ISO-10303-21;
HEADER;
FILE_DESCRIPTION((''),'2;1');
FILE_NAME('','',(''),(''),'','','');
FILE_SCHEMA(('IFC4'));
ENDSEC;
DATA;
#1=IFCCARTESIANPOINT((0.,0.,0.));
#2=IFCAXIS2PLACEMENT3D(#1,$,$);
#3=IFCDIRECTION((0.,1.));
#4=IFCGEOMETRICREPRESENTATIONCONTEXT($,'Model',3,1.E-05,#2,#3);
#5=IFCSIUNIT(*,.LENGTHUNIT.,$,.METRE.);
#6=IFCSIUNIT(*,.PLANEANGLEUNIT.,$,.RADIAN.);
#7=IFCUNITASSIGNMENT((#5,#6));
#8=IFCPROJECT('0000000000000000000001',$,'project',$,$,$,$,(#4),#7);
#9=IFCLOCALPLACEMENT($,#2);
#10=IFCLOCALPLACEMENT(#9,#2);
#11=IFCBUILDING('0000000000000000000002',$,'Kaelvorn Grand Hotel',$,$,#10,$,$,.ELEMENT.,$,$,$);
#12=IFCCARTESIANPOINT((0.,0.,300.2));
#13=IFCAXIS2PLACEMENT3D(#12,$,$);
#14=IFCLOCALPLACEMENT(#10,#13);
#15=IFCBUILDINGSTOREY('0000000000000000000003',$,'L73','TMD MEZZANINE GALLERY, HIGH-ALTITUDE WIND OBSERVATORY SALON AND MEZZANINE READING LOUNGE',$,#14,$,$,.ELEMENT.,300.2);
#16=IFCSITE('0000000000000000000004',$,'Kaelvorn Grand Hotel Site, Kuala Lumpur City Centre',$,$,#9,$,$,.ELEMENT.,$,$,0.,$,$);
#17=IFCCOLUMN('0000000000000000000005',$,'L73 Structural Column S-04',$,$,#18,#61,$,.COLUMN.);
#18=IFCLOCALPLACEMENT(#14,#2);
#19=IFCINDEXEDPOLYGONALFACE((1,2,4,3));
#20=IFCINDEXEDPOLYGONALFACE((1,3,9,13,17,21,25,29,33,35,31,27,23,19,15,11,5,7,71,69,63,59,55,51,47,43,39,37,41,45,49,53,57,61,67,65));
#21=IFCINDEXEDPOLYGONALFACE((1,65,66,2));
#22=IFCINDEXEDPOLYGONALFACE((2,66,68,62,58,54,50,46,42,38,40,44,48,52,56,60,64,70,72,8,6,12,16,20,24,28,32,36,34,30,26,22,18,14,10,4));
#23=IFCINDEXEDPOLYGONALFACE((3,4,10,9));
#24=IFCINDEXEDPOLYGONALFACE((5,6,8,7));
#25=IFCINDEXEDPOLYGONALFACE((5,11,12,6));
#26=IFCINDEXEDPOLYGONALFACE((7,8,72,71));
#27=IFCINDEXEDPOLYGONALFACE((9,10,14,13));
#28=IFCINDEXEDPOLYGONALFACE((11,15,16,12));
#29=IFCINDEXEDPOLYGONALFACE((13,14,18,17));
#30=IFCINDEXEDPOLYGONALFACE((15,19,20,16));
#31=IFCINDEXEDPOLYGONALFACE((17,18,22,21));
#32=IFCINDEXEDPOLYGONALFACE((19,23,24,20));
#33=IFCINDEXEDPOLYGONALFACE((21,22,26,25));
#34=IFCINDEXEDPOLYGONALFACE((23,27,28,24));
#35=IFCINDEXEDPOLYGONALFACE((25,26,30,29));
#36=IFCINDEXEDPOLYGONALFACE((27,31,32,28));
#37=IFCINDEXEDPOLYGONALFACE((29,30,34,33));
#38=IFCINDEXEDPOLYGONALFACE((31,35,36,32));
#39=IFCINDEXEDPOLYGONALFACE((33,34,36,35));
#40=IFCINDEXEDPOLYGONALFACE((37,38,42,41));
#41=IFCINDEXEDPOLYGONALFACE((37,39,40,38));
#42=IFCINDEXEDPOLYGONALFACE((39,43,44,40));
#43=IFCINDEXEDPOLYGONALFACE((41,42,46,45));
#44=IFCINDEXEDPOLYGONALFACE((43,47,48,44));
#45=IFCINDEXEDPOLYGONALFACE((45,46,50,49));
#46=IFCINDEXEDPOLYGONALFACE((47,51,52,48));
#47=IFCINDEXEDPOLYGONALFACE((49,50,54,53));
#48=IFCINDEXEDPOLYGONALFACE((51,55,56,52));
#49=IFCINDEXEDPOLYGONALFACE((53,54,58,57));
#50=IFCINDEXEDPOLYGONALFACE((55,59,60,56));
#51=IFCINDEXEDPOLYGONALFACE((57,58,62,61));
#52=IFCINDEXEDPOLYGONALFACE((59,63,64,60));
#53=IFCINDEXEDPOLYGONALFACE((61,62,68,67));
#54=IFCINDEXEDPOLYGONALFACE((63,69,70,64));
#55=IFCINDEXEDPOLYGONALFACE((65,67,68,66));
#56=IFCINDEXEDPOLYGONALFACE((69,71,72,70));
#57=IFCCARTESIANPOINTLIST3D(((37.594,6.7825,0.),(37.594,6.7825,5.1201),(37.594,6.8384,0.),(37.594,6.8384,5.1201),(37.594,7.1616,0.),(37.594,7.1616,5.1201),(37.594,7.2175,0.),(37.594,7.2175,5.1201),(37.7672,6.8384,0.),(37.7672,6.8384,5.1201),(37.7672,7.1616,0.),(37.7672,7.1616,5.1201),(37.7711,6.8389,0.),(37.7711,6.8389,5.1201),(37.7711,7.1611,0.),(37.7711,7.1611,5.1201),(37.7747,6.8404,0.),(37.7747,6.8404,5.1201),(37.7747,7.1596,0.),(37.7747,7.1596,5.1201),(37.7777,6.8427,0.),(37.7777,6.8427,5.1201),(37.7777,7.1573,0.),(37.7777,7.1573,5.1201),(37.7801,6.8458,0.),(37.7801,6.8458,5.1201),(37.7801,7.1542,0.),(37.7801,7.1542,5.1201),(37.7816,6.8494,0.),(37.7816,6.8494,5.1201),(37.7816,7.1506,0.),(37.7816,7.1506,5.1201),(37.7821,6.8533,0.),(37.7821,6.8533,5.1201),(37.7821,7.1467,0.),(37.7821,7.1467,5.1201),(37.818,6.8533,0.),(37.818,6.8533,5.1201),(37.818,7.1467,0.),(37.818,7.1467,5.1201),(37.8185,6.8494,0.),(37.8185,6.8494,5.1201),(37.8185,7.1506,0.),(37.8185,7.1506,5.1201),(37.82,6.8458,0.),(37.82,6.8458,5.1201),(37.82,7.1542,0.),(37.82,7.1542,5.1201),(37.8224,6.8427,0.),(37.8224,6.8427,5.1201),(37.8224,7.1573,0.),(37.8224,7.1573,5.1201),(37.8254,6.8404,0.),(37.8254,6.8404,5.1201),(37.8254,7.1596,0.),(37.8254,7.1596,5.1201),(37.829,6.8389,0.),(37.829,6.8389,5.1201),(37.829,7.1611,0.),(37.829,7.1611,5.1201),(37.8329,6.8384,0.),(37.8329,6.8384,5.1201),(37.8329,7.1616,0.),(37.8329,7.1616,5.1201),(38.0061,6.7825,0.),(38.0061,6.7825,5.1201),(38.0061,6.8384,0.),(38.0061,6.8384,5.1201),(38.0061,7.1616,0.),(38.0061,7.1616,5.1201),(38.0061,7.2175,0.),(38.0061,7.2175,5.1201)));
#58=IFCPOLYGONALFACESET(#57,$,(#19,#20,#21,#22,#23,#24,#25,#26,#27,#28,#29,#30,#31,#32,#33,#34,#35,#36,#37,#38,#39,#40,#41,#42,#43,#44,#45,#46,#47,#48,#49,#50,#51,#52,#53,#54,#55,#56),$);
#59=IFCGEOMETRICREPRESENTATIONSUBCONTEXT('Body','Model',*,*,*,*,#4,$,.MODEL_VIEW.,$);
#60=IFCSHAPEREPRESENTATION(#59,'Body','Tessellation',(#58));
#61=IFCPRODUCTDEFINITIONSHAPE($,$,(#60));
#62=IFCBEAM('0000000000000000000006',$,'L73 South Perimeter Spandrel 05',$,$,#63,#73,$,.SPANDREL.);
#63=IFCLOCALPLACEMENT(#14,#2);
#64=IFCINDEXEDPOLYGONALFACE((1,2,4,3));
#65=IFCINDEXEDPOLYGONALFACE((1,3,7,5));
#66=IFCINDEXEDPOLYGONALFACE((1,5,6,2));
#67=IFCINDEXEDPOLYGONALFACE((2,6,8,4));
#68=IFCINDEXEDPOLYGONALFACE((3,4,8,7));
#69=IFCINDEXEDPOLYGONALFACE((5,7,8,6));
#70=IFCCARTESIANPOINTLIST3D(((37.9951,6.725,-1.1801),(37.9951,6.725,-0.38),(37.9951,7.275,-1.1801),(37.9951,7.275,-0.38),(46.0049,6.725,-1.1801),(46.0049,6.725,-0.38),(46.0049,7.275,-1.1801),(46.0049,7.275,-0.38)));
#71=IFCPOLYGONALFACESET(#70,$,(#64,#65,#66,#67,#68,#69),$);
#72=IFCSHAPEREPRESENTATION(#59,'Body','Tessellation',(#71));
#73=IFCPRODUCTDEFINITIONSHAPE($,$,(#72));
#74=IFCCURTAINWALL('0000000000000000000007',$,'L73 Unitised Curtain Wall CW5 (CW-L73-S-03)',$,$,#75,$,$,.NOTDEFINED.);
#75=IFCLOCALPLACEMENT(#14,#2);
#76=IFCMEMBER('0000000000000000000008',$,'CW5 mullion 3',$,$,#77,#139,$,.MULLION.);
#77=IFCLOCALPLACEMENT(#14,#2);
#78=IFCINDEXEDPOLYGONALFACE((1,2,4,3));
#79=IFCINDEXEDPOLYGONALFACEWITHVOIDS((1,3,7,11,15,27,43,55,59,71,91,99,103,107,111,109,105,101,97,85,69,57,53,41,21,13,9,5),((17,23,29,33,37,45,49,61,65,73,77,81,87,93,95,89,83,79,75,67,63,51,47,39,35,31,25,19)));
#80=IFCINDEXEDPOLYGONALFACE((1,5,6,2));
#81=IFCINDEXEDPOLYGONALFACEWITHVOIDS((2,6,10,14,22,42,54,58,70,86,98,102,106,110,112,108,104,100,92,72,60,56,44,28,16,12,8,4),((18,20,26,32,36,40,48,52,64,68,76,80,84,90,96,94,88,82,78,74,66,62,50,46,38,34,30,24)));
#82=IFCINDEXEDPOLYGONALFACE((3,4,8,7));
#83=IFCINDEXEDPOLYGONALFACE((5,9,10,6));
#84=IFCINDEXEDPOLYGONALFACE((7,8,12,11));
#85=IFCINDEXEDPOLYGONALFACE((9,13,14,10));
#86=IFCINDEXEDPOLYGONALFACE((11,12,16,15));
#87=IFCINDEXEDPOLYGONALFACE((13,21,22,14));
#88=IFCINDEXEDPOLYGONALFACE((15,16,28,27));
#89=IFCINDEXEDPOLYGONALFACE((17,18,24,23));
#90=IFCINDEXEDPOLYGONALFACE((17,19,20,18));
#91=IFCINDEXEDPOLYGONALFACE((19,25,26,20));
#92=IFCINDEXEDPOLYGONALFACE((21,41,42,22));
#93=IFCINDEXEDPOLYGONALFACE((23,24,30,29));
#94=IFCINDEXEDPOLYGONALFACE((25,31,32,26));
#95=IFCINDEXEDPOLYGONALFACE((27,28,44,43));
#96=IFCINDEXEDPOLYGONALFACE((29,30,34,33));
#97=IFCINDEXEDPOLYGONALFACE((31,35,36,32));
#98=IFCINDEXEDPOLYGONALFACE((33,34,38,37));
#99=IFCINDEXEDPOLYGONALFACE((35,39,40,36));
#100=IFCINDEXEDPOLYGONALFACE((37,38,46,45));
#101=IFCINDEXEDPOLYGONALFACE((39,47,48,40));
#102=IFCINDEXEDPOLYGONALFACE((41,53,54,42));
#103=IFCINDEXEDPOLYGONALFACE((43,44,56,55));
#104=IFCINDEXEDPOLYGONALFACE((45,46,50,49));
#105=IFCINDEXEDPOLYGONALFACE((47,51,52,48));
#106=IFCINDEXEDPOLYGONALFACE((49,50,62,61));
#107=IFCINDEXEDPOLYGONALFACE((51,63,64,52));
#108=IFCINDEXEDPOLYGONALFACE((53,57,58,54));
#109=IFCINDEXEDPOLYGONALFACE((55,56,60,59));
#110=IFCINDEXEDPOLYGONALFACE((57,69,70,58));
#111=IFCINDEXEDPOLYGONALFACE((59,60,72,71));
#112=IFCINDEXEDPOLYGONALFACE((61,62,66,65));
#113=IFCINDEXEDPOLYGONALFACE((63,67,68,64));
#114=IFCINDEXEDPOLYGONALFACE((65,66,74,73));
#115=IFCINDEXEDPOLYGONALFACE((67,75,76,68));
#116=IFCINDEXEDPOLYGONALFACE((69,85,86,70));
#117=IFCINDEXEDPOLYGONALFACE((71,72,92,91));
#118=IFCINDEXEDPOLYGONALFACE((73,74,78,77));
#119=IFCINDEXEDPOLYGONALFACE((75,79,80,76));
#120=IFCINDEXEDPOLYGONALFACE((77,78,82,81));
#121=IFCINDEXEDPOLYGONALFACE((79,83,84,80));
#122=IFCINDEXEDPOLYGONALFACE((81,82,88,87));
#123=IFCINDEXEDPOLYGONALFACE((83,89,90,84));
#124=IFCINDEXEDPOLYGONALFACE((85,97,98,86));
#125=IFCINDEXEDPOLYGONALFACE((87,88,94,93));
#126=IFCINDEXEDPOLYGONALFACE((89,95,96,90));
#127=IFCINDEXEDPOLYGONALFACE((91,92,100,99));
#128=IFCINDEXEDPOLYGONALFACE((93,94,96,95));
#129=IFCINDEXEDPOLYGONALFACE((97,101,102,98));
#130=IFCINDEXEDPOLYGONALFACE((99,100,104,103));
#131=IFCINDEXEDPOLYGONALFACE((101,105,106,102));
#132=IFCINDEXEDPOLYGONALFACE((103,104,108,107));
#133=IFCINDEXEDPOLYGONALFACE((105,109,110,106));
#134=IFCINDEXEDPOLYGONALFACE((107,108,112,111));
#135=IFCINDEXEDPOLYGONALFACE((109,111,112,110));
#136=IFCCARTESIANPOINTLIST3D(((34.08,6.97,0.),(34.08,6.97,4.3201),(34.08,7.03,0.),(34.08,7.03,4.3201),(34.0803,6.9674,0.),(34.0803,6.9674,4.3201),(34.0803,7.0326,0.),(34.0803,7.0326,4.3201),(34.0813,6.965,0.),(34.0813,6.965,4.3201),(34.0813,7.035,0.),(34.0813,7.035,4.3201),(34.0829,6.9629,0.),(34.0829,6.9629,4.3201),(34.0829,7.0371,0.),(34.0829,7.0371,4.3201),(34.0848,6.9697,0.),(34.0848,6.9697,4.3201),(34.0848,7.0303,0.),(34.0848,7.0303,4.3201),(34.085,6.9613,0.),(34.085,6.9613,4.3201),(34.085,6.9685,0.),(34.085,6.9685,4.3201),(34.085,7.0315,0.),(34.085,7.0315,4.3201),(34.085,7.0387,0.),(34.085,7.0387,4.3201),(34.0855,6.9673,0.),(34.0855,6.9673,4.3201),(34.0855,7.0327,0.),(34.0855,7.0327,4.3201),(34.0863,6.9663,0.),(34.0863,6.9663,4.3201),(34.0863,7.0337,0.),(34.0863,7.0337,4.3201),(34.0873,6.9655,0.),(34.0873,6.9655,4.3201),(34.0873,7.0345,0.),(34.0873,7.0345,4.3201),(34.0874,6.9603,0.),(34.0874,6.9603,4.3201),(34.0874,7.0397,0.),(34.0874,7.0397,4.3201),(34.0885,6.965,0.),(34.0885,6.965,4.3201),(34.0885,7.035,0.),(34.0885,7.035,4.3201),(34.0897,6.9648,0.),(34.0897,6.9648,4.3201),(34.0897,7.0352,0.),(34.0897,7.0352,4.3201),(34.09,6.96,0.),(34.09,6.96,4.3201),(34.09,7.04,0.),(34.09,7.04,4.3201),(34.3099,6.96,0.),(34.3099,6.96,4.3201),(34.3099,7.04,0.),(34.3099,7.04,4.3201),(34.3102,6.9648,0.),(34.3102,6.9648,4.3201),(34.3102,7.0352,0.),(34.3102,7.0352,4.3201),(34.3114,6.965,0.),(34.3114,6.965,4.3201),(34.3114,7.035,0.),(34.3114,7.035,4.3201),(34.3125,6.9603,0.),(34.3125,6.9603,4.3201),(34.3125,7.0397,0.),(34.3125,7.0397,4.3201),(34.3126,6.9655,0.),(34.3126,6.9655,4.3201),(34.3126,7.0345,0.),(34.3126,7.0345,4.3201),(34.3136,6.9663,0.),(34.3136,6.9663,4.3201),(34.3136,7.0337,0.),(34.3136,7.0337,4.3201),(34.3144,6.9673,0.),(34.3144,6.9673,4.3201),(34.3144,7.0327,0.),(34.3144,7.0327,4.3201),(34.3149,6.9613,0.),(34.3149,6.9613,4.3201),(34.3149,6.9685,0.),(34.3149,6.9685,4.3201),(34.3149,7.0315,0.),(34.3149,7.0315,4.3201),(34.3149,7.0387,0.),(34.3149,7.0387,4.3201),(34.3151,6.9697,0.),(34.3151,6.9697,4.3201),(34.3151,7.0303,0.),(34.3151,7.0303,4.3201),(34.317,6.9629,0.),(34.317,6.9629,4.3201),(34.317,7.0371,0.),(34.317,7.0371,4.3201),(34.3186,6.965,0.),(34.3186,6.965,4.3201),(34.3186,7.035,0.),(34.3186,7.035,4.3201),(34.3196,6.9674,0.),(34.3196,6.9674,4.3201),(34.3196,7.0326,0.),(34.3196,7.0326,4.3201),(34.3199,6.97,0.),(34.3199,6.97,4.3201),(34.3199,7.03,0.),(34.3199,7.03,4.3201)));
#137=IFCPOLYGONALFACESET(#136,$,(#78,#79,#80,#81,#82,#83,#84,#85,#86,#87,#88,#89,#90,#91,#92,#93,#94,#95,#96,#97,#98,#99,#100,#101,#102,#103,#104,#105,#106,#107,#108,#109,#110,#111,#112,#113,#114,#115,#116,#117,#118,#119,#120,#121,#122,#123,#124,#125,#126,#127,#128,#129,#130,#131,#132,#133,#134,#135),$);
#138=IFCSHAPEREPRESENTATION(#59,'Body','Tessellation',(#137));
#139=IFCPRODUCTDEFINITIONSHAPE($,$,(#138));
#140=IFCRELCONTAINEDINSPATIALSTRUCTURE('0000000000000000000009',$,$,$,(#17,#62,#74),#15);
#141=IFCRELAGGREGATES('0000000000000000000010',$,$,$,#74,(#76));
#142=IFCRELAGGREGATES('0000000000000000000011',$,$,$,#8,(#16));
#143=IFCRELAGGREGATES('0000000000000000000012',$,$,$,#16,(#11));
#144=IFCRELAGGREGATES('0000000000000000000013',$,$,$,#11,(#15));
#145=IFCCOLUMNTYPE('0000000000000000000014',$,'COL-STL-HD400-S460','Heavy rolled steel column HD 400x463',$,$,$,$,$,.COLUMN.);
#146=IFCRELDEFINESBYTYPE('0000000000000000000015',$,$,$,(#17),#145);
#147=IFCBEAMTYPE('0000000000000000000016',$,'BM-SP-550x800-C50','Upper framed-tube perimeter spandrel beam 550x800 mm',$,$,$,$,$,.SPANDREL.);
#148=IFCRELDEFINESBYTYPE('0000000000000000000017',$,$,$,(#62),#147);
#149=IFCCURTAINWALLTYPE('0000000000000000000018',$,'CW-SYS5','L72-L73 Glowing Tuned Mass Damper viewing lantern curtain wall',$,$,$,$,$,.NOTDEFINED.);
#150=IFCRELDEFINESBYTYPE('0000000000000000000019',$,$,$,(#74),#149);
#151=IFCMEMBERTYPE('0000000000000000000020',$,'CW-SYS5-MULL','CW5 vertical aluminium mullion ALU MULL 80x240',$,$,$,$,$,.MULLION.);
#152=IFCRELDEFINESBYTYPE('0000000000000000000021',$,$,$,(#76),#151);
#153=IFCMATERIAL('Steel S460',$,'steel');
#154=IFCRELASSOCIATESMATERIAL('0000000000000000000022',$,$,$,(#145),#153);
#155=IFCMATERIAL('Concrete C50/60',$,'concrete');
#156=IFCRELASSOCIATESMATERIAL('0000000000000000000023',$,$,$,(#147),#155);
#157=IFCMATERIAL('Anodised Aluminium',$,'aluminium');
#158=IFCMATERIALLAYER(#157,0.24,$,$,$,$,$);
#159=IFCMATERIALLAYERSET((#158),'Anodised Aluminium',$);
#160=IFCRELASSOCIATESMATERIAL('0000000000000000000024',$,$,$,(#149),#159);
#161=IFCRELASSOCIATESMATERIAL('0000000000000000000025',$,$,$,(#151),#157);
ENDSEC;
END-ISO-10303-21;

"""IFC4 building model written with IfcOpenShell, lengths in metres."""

from ifc_helpers import new_model, si_unit, direction, frame, origin, origin_2d, place, context, subcontext, project, spatial, rectangle, hollow_rectangle, i_section, extrude, material, layer, layer_set, material_profile, profile_set, type_object, element, aggregate, save


model = new_model("IFC4")

# Units and contexts
model_context = context("Model", 3, precision=1e-05, world=origin(), true_north=direction((0.0, 1.0)))
body_context = subcontext(model_context, "Body", "Model", "MODEL_VIEW")
ifc_project = project(units=[si_unit("LENGTHUNIT", "METRE"), si_unit("PLANEANGLEUNIT", "RADIAN")], contexts=[model_context])

# Site, building, storey
site_placement = place(None, origin())
site = spatial("IfcSite", under=ifc_project, at=site_placement, Name="Kaelvorn Grand Hotel Site, Kuala Lumpur City Centre", CompositionType="ELEMENT", RefElevation=0.0)
building_placement = place(site_placement, origin())
building = spatial("IfcBuilding", under=site, at=building_placement, Name="Kaelvorn Grand Hotel", CompositionType="ELEMENT")
storey_placement = place(building_placement, frame((0.0, 0.0, 300.2)))
storey = spatial("IfcBuildingStorey", under=building, at=storey_placement, Name="L73", Description="TMD MEZZANINE GALLERY, HIGH-ALTITUDE WIND OBSERVATORY SALON AND MEZZANINE READING LOUNGE", CompositionType="ELEMENT", Elevation=300.2)

# Column
ifc_material_1 = material(Name="Steel S460", Category="steel")
ifc_material_profile_1 = material_profile(ifc_material_1, i_section(OverallWidth=0.4121, OverallDepth=0.4351, WebThickness=0.0359, FlangeThickness=0.0559, FilletRadius=0.0149, at=origin_2d()), Name="HD 400x463")
ifc_profile_set_1 = profile_set([ifc_material_profile_1], Name="Steel S460")
column_type = type_object("IfcColumnType", Name="COL-STL-HD400-S460", Description="Heavy rolled steel column HD 400x463", PredefinedType="COLUMN", material=ifc_profile_set_1)
column_placement = place(storey_placement, frame((37.8, 7.0, 0.0), z_axis=(0.0, 0.0, 1.0), x_axis=(1.0, 0.0, 0.0)))
element("IfcColumn", 1, at=column_placement, inside=storey, type_object=column_type, Name="L73 Structural Column S-04", PredefinedType="COLUMN", context=body_context, shape_type="SweptSolid", body=[
    extrude(i_section(OverallWidth=0.4121, OverallDepth=0.4351, WebThickness=0.0359, FlangeThickness=0.0559, FilletRadius=0.0149, at=origin_2d()), origin(), (0.0, 0.0, 1.0), 5.1201),
])

# Beam
ifc_material_2 = material(Name="Concrete C50/60", Category="concrete")
ifc_material_profile_2 = material_profile(ifc_material_2, rectangle(XDim=0.55, YDim=0.8, at=origin_2d()), Name="RC SPANDREL 550x800")
ifc_profile_set_2 = profile_set([ifc_material_profile_2], Name="Concrete C50/60")
beam_type = type_object("IfcBeamType", Name="BM-SP-550x800-C50", Description="Upper framed-tube perimeter spandrel beam 550x800 mm", PredefinedType="SPANDREL", material=ifc_profile_set_2)
beam_placement = place(storey_placement, frame((37.9951, 7.0, -0.78), z_axis=(1.0, 0.0, 0.0), x_axis=(0.0, 1.0, 0.0)))
element("IfcBeam", 2, at=beam_placement, inside=storey, type_object=beam_type, Name="L73 South Perimeter Spandrel 05", PredefinedType="SPANDREL", context=body_context, shape_type="SweptSolid", body=[
    extrude(rectangle(XDim=0.55, YDim=0.8, at=origin_2d()), origin(), (0.0, 0.0, 1.0), 8.0098),
])

# Curtain wall, member
ifc_material_3 = material(Name="Anodised Aluminium", Category="aluminium")
ifc_layer_1 = layer(ifc_material_3, 0.24)
ifc_layer_set_1 = layer_set([ifc_layer_1], Name="Anodised Aluminium")
curtain_wall_type = type_object("IfcCurtainWallType", Name="CW-SYS5", Description="L72-L73 Glowing Tuned Mass Damper viewing lantern curtain wall", PredefinedType="NOTDEFINED", material=ifc_layer_set_1)
curtain_wall_1_placement = place(storey_placement, origin())
curtain_wall_1 = element("IfcCurtainWall", 3, at=curtain_wall_1_placement, inside=storey, type_object=curtain_wall_type, Name="L73 Unitised Curtain Wall CW5 (CW-L73-S-03)", PredefinedType="NOTDEFINED")
ifc_material_profile_3 = material_profile(ifc_material_3, hollow_rectangle(XDim=0.0801, YDim=0.24, WallThickness=0.0049, InnerFilletRadius=0.0049, OuterFilletRadius=0.01, at=origin_2d()), Name="ALU MULL 80x240")
ifc_profile_set_3 = profile_set([ifc_material_profile_3], Name="Anodised Aluminium")
member_type_1 = type_object("IfcMemberType", Name="CW-SYS5-MULL", Description="CW5 vertical aluminium mullion ALU MULL 80x240", PredefinedType="MULLION", material=ifc_profile_set_3)
member_1_placement = place(storey_placement, frame((34.2, 7.0, 0.0), z_axis=(0.0, 0.0, 1.0), x_axis=(0.0, 1.0, 0.0)))
member_1 = element("IfcMember", 4, at=member_1_placement, type_object=member_type_1, Name="CW5 mullion 3", PredefinedType="MULLION", context=body_context, shape_type="SweptSolid", body=[
    extrude(hollow_rectangle(XDim=0.0801, YDim=0.24, WallThickness=0.0049, InnerFilletRadius=0.0049, OuterFilletRadius=0.01, at=origin_2d()), origin(), (0.0, 0.0, 1.0), 4.3201),
])

aggregate(curtain_wall_1, [member_1])

save(model, "model.ifc")
